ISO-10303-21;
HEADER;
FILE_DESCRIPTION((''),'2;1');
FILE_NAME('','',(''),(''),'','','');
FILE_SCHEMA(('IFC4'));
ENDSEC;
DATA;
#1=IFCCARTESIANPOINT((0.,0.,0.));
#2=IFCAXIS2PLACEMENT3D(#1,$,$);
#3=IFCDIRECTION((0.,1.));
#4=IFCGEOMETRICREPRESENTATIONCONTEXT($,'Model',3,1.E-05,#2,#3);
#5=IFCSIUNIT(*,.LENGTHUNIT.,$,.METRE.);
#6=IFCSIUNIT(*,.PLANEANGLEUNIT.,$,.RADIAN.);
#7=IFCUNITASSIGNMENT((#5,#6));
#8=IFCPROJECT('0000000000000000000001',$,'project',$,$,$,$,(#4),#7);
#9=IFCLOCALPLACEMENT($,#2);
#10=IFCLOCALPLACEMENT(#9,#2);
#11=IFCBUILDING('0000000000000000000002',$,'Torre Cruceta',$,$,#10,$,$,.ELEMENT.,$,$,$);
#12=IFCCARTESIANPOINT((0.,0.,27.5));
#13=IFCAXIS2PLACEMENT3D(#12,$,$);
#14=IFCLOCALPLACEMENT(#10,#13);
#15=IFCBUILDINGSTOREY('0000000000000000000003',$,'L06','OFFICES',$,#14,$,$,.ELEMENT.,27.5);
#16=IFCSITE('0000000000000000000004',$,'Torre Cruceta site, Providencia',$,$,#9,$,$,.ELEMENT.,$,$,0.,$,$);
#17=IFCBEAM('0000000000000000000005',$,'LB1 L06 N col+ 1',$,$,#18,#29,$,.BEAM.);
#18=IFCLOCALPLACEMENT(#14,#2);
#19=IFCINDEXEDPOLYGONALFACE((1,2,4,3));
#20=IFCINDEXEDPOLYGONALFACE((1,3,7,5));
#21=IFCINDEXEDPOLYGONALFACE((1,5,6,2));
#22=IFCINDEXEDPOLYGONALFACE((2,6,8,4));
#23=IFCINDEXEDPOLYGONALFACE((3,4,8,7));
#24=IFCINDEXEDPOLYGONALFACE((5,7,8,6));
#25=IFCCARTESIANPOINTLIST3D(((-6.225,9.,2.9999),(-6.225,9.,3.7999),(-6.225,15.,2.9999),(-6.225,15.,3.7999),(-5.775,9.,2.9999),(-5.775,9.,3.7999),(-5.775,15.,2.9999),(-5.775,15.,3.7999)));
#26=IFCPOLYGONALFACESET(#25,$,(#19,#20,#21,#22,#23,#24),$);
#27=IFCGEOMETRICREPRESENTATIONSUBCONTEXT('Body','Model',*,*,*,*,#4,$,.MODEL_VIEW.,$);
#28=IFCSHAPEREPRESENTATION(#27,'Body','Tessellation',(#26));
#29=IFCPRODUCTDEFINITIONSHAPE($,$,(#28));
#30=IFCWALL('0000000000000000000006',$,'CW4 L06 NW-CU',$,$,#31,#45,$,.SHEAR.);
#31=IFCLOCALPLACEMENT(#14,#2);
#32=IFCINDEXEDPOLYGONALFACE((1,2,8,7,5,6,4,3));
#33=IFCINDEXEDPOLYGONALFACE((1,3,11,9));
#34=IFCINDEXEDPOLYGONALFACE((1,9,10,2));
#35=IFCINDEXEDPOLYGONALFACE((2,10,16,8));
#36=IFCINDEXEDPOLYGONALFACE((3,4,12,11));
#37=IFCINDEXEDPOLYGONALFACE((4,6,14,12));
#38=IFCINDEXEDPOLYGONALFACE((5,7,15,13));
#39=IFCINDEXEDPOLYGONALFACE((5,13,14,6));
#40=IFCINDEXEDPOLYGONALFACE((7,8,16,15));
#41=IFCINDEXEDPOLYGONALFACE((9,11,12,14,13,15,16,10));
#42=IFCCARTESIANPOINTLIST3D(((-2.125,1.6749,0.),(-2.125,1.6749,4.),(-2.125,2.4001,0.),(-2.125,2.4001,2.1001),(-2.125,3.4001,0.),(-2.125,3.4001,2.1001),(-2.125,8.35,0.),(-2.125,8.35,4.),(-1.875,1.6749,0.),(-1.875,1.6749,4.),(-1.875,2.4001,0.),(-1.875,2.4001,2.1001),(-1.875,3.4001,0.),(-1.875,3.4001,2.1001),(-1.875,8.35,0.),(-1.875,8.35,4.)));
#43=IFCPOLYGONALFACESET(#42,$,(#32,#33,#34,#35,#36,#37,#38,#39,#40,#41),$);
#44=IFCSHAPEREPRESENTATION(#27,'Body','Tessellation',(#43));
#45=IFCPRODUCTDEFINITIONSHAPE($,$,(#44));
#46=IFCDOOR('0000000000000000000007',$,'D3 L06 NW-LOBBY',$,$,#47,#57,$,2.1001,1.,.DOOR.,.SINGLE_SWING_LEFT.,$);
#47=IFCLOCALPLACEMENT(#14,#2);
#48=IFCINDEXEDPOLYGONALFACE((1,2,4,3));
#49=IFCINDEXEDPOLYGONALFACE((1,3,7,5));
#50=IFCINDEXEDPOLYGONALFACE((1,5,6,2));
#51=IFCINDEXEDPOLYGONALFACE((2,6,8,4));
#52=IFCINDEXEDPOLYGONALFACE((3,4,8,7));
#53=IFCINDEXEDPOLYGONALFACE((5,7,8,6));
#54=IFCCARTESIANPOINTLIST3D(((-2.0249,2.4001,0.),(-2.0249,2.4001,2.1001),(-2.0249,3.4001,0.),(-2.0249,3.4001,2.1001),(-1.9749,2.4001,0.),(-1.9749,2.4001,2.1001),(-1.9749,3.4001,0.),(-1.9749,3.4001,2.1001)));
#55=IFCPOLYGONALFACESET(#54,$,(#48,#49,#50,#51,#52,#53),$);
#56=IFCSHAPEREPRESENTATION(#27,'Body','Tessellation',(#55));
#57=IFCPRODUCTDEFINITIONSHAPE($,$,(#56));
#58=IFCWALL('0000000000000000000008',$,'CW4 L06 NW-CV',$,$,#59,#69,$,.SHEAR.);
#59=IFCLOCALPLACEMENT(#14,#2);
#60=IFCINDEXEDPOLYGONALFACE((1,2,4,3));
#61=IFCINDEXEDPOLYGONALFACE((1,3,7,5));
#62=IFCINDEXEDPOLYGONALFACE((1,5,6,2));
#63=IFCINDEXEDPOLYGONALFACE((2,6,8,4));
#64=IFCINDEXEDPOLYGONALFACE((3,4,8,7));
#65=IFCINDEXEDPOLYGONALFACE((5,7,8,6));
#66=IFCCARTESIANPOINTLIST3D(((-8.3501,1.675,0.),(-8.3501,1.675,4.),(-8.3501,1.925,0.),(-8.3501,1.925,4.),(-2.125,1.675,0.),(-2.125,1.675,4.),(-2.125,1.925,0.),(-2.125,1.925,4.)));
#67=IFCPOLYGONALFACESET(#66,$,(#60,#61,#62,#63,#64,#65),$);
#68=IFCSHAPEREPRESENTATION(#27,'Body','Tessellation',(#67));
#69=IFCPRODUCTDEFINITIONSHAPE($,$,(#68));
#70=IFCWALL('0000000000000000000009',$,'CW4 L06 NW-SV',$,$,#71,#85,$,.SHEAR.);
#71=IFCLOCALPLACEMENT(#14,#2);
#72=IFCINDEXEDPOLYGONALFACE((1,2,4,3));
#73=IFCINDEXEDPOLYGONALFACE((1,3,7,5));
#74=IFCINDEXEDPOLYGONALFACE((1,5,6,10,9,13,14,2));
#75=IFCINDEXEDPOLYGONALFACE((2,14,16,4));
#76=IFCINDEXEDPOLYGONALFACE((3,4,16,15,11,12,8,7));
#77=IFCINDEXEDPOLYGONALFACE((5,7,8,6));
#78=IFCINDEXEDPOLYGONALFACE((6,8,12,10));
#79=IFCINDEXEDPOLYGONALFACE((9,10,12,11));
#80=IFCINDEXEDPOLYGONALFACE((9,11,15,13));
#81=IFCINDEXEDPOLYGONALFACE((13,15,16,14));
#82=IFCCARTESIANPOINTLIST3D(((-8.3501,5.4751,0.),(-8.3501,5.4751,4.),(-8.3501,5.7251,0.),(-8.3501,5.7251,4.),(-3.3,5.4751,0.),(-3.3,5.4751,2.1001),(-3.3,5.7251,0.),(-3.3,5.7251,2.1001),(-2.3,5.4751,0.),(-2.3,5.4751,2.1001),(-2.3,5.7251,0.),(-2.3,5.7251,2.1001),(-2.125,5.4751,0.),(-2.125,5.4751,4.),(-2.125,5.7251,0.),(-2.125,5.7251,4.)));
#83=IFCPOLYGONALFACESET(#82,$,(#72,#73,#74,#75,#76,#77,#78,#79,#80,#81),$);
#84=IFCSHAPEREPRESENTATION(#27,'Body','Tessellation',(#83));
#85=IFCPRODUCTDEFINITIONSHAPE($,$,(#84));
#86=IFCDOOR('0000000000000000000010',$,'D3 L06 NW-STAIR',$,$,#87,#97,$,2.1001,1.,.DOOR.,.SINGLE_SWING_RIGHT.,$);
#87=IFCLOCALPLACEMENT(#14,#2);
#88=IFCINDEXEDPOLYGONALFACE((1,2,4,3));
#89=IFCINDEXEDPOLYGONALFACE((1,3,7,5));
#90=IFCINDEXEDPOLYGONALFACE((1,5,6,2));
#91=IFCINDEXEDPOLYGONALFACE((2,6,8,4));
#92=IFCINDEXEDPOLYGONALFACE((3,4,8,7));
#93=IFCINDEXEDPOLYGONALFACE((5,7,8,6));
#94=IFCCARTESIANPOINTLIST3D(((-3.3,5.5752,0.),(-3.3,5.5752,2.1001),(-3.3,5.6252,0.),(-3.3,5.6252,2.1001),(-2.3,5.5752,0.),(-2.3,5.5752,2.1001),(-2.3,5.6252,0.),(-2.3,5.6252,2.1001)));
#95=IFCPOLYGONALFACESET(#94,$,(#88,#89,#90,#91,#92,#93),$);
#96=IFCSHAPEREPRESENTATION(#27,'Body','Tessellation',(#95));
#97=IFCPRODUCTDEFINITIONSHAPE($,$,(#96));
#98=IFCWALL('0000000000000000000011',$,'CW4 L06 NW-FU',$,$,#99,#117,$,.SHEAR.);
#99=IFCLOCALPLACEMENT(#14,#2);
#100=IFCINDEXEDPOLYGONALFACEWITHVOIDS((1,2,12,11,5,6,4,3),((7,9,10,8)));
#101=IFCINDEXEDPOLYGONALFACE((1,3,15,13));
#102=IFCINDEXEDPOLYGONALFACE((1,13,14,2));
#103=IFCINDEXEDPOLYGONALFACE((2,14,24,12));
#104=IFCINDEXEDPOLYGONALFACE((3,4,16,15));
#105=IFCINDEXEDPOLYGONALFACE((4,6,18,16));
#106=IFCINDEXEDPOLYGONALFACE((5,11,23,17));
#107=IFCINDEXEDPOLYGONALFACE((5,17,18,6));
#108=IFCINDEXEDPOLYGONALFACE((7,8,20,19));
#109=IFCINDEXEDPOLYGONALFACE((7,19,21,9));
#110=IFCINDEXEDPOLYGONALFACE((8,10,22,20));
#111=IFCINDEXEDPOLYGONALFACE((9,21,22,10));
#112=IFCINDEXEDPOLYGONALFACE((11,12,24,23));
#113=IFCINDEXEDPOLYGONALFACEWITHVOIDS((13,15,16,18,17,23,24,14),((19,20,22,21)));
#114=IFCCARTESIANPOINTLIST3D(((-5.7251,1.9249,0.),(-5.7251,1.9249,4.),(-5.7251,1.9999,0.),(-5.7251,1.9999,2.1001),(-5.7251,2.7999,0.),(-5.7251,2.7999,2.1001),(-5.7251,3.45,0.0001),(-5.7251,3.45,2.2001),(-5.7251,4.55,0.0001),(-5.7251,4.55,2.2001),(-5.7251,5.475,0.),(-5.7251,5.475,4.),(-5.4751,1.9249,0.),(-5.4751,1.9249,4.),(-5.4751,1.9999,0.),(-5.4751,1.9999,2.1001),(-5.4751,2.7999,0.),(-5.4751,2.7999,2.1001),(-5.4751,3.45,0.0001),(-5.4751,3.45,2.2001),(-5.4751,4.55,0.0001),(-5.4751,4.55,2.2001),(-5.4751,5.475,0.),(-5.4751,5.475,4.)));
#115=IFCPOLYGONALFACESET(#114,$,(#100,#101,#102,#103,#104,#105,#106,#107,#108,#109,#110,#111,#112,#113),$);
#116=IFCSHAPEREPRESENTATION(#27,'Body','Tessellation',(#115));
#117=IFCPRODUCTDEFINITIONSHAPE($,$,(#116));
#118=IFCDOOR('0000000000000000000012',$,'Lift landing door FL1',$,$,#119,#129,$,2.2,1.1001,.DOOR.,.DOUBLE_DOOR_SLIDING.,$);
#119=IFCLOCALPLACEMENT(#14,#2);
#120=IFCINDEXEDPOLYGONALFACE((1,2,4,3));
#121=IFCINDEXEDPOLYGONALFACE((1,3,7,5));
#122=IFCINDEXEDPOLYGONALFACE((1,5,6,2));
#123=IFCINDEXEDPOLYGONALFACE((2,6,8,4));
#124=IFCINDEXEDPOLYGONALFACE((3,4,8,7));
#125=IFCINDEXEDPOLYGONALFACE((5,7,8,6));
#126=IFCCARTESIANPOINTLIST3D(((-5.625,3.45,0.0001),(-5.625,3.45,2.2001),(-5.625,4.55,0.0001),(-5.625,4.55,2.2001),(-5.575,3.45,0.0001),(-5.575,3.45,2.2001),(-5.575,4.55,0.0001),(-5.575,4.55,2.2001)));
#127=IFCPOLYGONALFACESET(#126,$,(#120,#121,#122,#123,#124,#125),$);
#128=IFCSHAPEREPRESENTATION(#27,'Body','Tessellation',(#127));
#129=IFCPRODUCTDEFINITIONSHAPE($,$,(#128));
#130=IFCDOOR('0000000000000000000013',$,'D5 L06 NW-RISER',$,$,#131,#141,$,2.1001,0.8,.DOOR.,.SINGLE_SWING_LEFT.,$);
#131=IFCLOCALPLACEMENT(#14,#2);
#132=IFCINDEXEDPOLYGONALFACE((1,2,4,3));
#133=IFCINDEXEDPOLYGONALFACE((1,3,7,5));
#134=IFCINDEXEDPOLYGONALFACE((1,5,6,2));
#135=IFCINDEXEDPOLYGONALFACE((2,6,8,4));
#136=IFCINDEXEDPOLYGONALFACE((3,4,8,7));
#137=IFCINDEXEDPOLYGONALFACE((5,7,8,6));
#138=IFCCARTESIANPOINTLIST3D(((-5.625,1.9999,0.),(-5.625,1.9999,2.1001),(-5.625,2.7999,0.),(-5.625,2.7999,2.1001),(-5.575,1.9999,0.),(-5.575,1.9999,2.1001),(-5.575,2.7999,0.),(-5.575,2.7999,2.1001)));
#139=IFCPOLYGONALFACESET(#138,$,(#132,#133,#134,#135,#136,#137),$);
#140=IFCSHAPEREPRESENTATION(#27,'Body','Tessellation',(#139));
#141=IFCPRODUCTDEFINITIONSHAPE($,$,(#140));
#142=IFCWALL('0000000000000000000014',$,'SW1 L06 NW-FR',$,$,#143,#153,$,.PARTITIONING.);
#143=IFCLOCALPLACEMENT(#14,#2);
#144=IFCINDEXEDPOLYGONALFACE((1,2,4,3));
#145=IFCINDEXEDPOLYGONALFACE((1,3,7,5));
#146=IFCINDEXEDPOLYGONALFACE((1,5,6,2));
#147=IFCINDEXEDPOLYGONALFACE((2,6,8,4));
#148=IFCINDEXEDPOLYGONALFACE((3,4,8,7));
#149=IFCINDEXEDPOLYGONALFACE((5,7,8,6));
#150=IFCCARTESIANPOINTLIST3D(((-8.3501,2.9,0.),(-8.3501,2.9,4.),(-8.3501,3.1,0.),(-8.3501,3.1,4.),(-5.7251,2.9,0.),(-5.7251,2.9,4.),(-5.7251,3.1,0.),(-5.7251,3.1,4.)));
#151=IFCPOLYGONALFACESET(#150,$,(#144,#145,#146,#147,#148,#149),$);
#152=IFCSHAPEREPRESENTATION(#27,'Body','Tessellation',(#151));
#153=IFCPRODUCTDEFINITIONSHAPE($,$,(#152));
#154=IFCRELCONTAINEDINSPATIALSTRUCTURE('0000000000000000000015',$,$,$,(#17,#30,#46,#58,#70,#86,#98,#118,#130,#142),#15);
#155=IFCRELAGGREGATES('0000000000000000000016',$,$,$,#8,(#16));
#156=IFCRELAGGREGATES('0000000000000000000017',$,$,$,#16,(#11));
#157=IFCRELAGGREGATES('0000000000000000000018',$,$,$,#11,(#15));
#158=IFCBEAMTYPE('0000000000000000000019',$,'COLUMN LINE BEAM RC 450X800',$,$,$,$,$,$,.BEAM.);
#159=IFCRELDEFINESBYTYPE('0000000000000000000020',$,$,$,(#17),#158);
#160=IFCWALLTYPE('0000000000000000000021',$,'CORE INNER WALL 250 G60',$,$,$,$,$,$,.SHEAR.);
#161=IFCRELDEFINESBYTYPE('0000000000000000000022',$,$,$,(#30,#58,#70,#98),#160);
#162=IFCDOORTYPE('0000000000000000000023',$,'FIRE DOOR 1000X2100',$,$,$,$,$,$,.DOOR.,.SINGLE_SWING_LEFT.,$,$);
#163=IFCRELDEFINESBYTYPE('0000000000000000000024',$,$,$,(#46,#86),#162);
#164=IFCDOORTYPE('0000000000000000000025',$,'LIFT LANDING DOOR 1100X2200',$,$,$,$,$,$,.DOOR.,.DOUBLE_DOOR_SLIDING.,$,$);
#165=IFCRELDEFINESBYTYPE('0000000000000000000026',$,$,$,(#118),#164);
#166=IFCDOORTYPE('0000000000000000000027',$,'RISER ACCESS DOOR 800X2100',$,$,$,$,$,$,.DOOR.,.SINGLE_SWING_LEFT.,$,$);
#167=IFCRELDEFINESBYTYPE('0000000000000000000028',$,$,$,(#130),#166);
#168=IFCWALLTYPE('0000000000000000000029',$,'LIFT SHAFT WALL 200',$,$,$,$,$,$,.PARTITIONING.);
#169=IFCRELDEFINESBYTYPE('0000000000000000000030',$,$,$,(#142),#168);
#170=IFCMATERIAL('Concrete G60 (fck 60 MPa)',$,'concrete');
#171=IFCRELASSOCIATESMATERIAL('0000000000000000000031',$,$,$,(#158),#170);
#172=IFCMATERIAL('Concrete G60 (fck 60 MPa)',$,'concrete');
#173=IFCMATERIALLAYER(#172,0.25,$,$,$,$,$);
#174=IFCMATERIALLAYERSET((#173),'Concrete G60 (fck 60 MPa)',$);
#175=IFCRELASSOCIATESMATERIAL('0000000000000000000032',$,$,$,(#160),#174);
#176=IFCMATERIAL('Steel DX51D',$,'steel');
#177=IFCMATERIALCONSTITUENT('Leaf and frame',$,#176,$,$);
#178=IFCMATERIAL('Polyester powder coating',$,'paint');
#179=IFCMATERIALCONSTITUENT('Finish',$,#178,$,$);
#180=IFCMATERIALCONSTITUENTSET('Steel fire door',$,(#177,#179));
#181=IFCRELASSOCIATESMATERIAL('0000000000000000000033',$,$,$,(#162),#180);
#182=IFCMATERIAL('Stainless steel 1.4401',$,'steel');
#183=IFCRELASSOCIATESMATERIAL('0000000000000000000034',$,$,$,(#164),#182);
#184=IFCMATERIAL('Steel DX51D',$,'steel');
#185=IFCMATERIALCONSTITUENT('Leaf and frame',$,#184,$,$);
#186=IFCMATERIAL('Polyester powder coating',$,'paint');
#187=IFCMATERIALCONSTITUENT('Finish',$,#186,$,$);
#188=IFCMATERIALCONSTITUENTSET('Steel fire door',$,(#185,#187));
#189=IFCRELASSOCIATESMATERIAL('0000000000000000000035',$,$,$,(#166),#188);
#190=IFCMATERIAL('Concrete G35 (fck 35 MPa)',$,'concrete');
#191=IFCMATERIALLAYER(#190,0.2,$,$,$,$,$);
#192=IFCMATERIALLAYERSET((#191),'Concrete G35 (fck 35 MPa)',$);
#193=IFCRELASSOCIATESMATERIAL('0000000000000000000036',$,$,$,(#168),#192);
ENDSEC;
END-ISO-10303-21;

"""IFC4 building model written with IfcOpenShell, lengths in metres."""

from ifc_helpers import new_model, si_unit, direction, frame, frame_2d, origin, origin_2d, place, context, subcontext, project, spatial, rectangle, extrude, material, layer, layer_set, constituent, constituent_set, material_profile, profile_set, type_object, element, fill, save


model = new_model("IFC4")

# Units and contexts
model_context = context("Model", 3, precision=1e-05, world=origin(), true_north=direction((0.0, 1.0)))
body_context = subcontext(model_context, "Body", "Model", "MODEL_VIEW")
ifc_project = project(units=[si_unit("LENGTHUNIT", "METRE"), si_unit("PLANEANGLEUNIT", "RADIAN")], contexts=[model_context])

# Site, building, storey
site_placement = place(None, origin())
site = spatial("IfcSite", under=ifc_project, at=site_placement, Name="Torre Cruceta site, Providencia", CompositionType="ELEMENT", RefElevation=0.0)
building_placement = place(site_placement, origin())
building = spatial("IfcBuilding", under=site, at=building_placement, Name="Torre Cruceta", CompositionType="ELEMENT")
storey_placement = place(building_placement, frame((0.0, 0.0, 27.5)))
storey = spatial("IfcBuildingStorey", under=building, at=storey_placement, Name="L06", Description="OFFICES", CompositionType="ELEMENT", Elevation=27.5)

# Beam
ifc_material_1 = material(Name="Concrete G60 (fck 60 MPa)", Category="concrete")
ifc_material_profile = material_profile(ifc_material_1, rectangle(XDim=0.45, YDim=0.8, at=origin_2d()), Name="RC 450X800")
ifc_profile_set = profile_set([ifc_material_profile], Name="Concrete G60 (fck 60 MPa)")
beam_type = type_object("IfcBeamType", Name="COLUMN LINE BEAM RC 450X800", PredefinedType="BEAM", material=ifc_profile_set)
beam_placement = place(storey_placement, frame((-6.0, 9.0, 3.3999), z_axis=(0.0, 1.0, 0.0), x_axis=(-1.0, 0.0, 0.0)))
element("IfcBeam", 1, at=beam_placement, inside=storey, type_object=beam_type, Name="LB1 L06 N col+ 1", PredefinedType="BEAM", context=body_context, shape_type="SweptSolid", body=[
    extrude(rectangle(XDim=0.45, YDim=0.8, at=origin_2d()), origin(), (0.0, 0.0, 1.0), 6.0),
])

# Wall, opening, door
ifc_material_2 = material(Name="Concrete G60 (fck 60 MPa)", Category="concrete")
ifc_layer_1 = layer(ifc_material_2, 0.25)
ifc_layer_set_1 = layer_set([ifc_layer_1], Name="Concrete G60 (fck 60 MPa)")
wall_type_1 = type_object("IfcWallType", Name="CORE INNER WALL 250 G60", PredefinedType="SHEAR", material=ifc_layer_set_1)
wall_1_placement = place(storey_placement, frame((-2.0, 1.675, 0.0), z_axis=(0.0, 0.0, 1.0), x_axis=(0.0, 1.0, 0.0)))
wall_1 = element("IfcWall", 2, at=wall_1_placement, inside=storey, type_object=wall_type_1, Name="CW4 L06 NW-CU", PredefinedType="SHEAR", context=body_context, shape_type="SweptSolid", body=[
    extrude(rectangle(XDim=6.675, YDim=0.25, at=frame_2d((3.3374, 0.0))), origin(), (0.0, 0.0, 1.0), 4.0),
])
opening_1_placement = place(wall_1_placement, frame((0.7251, 0.0, 0.0)))
opening_1 = element("IfcOpeningElement", 3, at=opening_1_placement, cuts=wall_1, PredefinedType="OPENING", context=body_context, shape_type="SweptSolid", body=[
    extrude(rectangle(XDim=1.0, YDim=2.1001, at=frame_2d((0.5, 1.05))), frame((0.0, 0.135, 0.0), z_axis=(0.0, -1.0, 0.0), x_axis=(1.0, 0.0, 0.0)), (0.0, 0.0, 1.0), 0.27),
])
ifc_material_3 = material(Name="Steel DX51D", Category="steel")
ifc_constituent_1 = constituent(ifc_material_3, Name="Leaf and frame")
ifc_material_4 = material(Name="Polyester powder coating", Category="paint")
ifc_constituent_2 = constituent(ifc_material_4, Name="Finish")
ifc_constituent_set_1 = constituent_set(constituents=[ifc_constituent_1, ifc_constituent_2], Name="Steel fire door")
door_type_1 = type_object("IfcDoorType", Name="FIRE DOOR 1000X2100", OperationType="SINGLE_SWING_LEFT", PredefinedType="DOOR", material=ifc_constituent_set_1)
door_1_placement = place(opening_1_placement, origin())
door_1 = element("IfcDoor", 4, at=door_1_placement, inside=storey, type_object=door_type_1, Name="D3 L06 NW-LOBBY", OperationType="SINGLE_SWING_LEFT", OverallHeight=2.1001, OverallWidth=1.0, PredefinedType="DOOR", context=body_context, shape_type="SweptSolid", body=[
    extrude(rectangle(XDim=1.0, YDim=2.1001, at=frame_2d((0.5, 1.05))), frame((0.0, 0.0249, 0.0), z_axis=(0.0, -1.0, 0.0), x_axis=(1.0, 0.0, 0.0)), (0.0, 0.0, 1.0), 0.05),
])
fill(opening_1, door_1)

# Wall
wall_2_placement = place(storey_placement, frame((-2.125, 1.8, 0.0), z_axis=(0.0, 0.0, 1.0), x_axis=(-1.0, 0.0, 0.0)))
element("IfcWall", 5, at=wall_2_placement, inside=storey, type_object=wall_type_1, Name="CW4 L06 NW-CV", PredefinedType="SHEAR", context=body_context, shape_type="SweptSolid", body=[
    extrude(rectangle(XDim=6.2251, YDim=0.25, at=frame_2d((3.1125, 0.0))), origin(), (0.0, 0.0, 1.0), 4.0),
])

# Wall, opening, door
wall_3_placement = place(storey_placement, frame((-2.125, 5.6001, 0.0), z_axis=(0.0, 0.0, 1.0), x_axis=(-1.0, 0.0, 0.0)))
wall_3 = element("IfcWall", 6, at=wall_3_placement, inside=storey, type_object=wall_type_1, Name="CW4 L06 NW-SV", PredefinedType="SHEAR", context=body_context, shape_type="SweptSolid", body=[
    extrude(rectangle(XDim=6.2251, YDim=0.25, at=frame_2d((3.1125, 0.0))), origin(), (0.0, 0.0, 1.0), 4.0),
])
opening_2_placement = place(wall_3_placement, frame((0.175, 0.0, 0.0)))
opening_2 = element("IfcOpeningElement", 7, at=opening_2_placement, cuts=wall_3, PredefinedType="OPENING", context=body_context, shape_type="SweptSolid", body=[
    extrude(rectangle(XDim=1.0, YDim=2.1001, at=frame_2d((0.5, 1.05))), frame((0.0, 0.135, 0.0), z_axis=(0.0, -1.0, 0.0), x_axis=(1.0, 0.0, 0.0)), (0.0, 0.0, 1.0), 0.27),
])
door_2_placement = place(opening_2_placement, frame((1.0, 0.0, 0.0), z_axis=(0.0, 0.0, 1.0), x_axis=(-1.0, 0.0, 0.0)))
door_2 = element("IfcDoor", 8, at=door_2_placement, inside=storey, type_object=door_type_1, Name="D3 L06 NW-STAIR", OperationType="SINGLE_SWING_RIGHT", OverallHeight=2.1001, OverallWidth=1.0, PredefinedType="DOOR", context=body_context, shape_type="SweptSolid", body=[
    extrude(rectangle(XDim=1.0, YDim=2.1001, at=frame_2d((0.5, 1.05))), frame((0.0, 0.0251, 0.0), z_axis=(0.0, -1.0, 0.0), x_axis=(1.0, 0.0, 0.0)), (0.0, 0.0, 1.0), 0.05),
])
fill(opening_2, door_2)

# Wall, openings, doors
wall_4_placement = place(storey_placement, frame((-5.6001, 1.925, 0.0), z_axis=(0.0, 0.0, 1.0), x_axis=(0.0, 1.0, 0.0)))
wall_4 = element("IfcWall", 9, at=wall_4_placement, inside=storey, type_object=wall_type_1, Name="CW4 L06 NW-FU", PredefinedType="SHEAR", context=body_context, shape_type="SweptSolid", body=[
    extrude(rectangle(XDim=3.55, YDim=0.25, at=frame_2d((1.7749, 0.0))), origin(), (0.0, 0.0, 1.0), 4.0),
])
opening_3_placement = place(wall_4_placement, frame((1.5249, 0.0, 0.0)))
opening_3 = element("IfcOpeningElement", 10, at=opening_3_placement, cuts=wall_4, PredefinedType="OPENING", context=body_context, shape_type="SweptSolid", body=[
    extrude(rectangle(XDim=1.1001, YDim=2.2, at=frame_2d((0.55, 1.1001))), frame((0.0, 0.135, 0.0), z_axis=(0.0, -1.0, 0.0), x_axis=(1.0, 0.0, 0.0)), (0.0, 0.0, 1.0), 0.27),
])
opening_4_placement = place(wall_4_placement, frame((0.075, 0.0, 0.0)))
opening_4 = element("IfcOpeningElement", 11, at=opening_4_placement, cuts=wall_4, PredefinedType="OPENING", context=body_context, shape_type="SweptSolid", body=[
    extrude(rectangle(XDim=0.8, YDim=2.1001, at=frame_2d((0.3999, 1.05))), frame((0.0, 0.135, 0.0), z_axis=(0.0, -1.0, 0.0), x_axis=(1.0, 0.0, 0.0)), (0.0, 0.0, 1.0), 0.27),
])
ifc_material_5 = material(Name="Stainless steel 1.4401", Category="steel")
door_type_2 = type_object("IfcDoorType", Name="LIFT LANDING DOOR 1100X2200", OperationType="DOUBLE_DOOR_SLIDING", PredefinedType="DOOR", material=ifc_material_5)
door_3_placement = place(opening_3_placement, origin())
door_3 = element("IfcDoor", 12, at=door_3_placement, inside=storey, type_object=door_type_2, Name="Lift landing door FL1", OperationType="DOUBLE_DOOR_SLIDING", OverallHeight=2.2, OverallWidth=1.1001, PredefinedType="DOOR", context=body_context, shape_type="SweptSolid", body=[
    extrude(rectangle(XDim=1.1001, YDim=2.2, at=frame_2d((0.55, 1.1001))), frame((0.0, 0.0249, 0.0), z_axis=(0.0, -1.0, 0.0), x_axis=(1.0, 0.0, 0.0)), (0.0, 0.0, 1.0), 0.05),
])
fill(opening_3, door_3)
ifc_material_6 = material(Name="Steel DX51D", Category="steel")
ifc_constituent_3 = constituent(ifc_material_6, Name="Leaf and frame")
ifc_material_7 = material(Name="Polyester powder coating", Category="paint")
ifc_constituent_4 = constituent(ifc_material_7, Name="Finish")
ifc_constituent_set_2 = constituent_set(constituents=[ifc_constituent_3, ifc_constituent_4], Name="Steel fire door")
door_type_3 = type_object("IfcDoorType", Name="RISER ACCESS DOOR 800X2100", OperationType="SINGLE_SWING_LEFT", PredefinedType="DOOR", material=ifc_constituent_set_2)
door_4_placement = place(opening_4_placement, origin())
door_4 = element("IfcDoor", 13, at=door_4_placement, inside=storey, type_object=door_type_3, Name="D5 L06 NW-RISER", OperationType="SINGLE_SWING_LEFT", OverallHeight=2.1001, OverallWidth=0.8, PredefinedType="DOOR", context=body_context, shape_type="SweptSolid", body=[
    extrude(rectangle(XDim=0.8, YDim=2.1001, at=frame_2d((0.3999, 1.05))), frame((0.0, 0.0249, 0.0), z_axis=(0.0, -1.0, 0.0), x_axis=(1.0, 0.0, 0.0)), (0.0, 0.0, 1.0), 0.05),
])
fill(opening_4, door_4)

# Wall
ifc_material_8 = material(Name="Concrete G35 (fck 35 MPa)", Category="concrete")
ifc_layer_2 = layer(ifc_material_8, 0.2)
ifc_layer_set_2 = layer_set([ifc_layer_2], Name="Concrete G35 (fck 35 MPa)")
wall_type_2 = type_object("IfcWallType", Name="LIFT SHAFT WALL 200", PredefinedType="PARTITIONING", material=ifc_layer_set_2)
wall_5_placement = place(storey_placement, frame((-5.7251, 3.0, 0.0), z_axis=(0.0, 0.0, 1.0), x_axis=(-1.0, 0.0, 0.0)))
element("IfcWall", 14, at=wall_5_placement, inside=storey, type_object=wall_type_2, Name="SW1 L06 NW-FR", PredefinedType="PARTITIONING", context=body_context, shape_type="SweptSolid", body=[
    extrude(rectangle(XDim=2.625, YDim=0.2, at=frame_2d((1.3125, 0.0))), origin(), (0.0, 0.0, 1.0), 4.0),
])

save(model, "model.ifc")
